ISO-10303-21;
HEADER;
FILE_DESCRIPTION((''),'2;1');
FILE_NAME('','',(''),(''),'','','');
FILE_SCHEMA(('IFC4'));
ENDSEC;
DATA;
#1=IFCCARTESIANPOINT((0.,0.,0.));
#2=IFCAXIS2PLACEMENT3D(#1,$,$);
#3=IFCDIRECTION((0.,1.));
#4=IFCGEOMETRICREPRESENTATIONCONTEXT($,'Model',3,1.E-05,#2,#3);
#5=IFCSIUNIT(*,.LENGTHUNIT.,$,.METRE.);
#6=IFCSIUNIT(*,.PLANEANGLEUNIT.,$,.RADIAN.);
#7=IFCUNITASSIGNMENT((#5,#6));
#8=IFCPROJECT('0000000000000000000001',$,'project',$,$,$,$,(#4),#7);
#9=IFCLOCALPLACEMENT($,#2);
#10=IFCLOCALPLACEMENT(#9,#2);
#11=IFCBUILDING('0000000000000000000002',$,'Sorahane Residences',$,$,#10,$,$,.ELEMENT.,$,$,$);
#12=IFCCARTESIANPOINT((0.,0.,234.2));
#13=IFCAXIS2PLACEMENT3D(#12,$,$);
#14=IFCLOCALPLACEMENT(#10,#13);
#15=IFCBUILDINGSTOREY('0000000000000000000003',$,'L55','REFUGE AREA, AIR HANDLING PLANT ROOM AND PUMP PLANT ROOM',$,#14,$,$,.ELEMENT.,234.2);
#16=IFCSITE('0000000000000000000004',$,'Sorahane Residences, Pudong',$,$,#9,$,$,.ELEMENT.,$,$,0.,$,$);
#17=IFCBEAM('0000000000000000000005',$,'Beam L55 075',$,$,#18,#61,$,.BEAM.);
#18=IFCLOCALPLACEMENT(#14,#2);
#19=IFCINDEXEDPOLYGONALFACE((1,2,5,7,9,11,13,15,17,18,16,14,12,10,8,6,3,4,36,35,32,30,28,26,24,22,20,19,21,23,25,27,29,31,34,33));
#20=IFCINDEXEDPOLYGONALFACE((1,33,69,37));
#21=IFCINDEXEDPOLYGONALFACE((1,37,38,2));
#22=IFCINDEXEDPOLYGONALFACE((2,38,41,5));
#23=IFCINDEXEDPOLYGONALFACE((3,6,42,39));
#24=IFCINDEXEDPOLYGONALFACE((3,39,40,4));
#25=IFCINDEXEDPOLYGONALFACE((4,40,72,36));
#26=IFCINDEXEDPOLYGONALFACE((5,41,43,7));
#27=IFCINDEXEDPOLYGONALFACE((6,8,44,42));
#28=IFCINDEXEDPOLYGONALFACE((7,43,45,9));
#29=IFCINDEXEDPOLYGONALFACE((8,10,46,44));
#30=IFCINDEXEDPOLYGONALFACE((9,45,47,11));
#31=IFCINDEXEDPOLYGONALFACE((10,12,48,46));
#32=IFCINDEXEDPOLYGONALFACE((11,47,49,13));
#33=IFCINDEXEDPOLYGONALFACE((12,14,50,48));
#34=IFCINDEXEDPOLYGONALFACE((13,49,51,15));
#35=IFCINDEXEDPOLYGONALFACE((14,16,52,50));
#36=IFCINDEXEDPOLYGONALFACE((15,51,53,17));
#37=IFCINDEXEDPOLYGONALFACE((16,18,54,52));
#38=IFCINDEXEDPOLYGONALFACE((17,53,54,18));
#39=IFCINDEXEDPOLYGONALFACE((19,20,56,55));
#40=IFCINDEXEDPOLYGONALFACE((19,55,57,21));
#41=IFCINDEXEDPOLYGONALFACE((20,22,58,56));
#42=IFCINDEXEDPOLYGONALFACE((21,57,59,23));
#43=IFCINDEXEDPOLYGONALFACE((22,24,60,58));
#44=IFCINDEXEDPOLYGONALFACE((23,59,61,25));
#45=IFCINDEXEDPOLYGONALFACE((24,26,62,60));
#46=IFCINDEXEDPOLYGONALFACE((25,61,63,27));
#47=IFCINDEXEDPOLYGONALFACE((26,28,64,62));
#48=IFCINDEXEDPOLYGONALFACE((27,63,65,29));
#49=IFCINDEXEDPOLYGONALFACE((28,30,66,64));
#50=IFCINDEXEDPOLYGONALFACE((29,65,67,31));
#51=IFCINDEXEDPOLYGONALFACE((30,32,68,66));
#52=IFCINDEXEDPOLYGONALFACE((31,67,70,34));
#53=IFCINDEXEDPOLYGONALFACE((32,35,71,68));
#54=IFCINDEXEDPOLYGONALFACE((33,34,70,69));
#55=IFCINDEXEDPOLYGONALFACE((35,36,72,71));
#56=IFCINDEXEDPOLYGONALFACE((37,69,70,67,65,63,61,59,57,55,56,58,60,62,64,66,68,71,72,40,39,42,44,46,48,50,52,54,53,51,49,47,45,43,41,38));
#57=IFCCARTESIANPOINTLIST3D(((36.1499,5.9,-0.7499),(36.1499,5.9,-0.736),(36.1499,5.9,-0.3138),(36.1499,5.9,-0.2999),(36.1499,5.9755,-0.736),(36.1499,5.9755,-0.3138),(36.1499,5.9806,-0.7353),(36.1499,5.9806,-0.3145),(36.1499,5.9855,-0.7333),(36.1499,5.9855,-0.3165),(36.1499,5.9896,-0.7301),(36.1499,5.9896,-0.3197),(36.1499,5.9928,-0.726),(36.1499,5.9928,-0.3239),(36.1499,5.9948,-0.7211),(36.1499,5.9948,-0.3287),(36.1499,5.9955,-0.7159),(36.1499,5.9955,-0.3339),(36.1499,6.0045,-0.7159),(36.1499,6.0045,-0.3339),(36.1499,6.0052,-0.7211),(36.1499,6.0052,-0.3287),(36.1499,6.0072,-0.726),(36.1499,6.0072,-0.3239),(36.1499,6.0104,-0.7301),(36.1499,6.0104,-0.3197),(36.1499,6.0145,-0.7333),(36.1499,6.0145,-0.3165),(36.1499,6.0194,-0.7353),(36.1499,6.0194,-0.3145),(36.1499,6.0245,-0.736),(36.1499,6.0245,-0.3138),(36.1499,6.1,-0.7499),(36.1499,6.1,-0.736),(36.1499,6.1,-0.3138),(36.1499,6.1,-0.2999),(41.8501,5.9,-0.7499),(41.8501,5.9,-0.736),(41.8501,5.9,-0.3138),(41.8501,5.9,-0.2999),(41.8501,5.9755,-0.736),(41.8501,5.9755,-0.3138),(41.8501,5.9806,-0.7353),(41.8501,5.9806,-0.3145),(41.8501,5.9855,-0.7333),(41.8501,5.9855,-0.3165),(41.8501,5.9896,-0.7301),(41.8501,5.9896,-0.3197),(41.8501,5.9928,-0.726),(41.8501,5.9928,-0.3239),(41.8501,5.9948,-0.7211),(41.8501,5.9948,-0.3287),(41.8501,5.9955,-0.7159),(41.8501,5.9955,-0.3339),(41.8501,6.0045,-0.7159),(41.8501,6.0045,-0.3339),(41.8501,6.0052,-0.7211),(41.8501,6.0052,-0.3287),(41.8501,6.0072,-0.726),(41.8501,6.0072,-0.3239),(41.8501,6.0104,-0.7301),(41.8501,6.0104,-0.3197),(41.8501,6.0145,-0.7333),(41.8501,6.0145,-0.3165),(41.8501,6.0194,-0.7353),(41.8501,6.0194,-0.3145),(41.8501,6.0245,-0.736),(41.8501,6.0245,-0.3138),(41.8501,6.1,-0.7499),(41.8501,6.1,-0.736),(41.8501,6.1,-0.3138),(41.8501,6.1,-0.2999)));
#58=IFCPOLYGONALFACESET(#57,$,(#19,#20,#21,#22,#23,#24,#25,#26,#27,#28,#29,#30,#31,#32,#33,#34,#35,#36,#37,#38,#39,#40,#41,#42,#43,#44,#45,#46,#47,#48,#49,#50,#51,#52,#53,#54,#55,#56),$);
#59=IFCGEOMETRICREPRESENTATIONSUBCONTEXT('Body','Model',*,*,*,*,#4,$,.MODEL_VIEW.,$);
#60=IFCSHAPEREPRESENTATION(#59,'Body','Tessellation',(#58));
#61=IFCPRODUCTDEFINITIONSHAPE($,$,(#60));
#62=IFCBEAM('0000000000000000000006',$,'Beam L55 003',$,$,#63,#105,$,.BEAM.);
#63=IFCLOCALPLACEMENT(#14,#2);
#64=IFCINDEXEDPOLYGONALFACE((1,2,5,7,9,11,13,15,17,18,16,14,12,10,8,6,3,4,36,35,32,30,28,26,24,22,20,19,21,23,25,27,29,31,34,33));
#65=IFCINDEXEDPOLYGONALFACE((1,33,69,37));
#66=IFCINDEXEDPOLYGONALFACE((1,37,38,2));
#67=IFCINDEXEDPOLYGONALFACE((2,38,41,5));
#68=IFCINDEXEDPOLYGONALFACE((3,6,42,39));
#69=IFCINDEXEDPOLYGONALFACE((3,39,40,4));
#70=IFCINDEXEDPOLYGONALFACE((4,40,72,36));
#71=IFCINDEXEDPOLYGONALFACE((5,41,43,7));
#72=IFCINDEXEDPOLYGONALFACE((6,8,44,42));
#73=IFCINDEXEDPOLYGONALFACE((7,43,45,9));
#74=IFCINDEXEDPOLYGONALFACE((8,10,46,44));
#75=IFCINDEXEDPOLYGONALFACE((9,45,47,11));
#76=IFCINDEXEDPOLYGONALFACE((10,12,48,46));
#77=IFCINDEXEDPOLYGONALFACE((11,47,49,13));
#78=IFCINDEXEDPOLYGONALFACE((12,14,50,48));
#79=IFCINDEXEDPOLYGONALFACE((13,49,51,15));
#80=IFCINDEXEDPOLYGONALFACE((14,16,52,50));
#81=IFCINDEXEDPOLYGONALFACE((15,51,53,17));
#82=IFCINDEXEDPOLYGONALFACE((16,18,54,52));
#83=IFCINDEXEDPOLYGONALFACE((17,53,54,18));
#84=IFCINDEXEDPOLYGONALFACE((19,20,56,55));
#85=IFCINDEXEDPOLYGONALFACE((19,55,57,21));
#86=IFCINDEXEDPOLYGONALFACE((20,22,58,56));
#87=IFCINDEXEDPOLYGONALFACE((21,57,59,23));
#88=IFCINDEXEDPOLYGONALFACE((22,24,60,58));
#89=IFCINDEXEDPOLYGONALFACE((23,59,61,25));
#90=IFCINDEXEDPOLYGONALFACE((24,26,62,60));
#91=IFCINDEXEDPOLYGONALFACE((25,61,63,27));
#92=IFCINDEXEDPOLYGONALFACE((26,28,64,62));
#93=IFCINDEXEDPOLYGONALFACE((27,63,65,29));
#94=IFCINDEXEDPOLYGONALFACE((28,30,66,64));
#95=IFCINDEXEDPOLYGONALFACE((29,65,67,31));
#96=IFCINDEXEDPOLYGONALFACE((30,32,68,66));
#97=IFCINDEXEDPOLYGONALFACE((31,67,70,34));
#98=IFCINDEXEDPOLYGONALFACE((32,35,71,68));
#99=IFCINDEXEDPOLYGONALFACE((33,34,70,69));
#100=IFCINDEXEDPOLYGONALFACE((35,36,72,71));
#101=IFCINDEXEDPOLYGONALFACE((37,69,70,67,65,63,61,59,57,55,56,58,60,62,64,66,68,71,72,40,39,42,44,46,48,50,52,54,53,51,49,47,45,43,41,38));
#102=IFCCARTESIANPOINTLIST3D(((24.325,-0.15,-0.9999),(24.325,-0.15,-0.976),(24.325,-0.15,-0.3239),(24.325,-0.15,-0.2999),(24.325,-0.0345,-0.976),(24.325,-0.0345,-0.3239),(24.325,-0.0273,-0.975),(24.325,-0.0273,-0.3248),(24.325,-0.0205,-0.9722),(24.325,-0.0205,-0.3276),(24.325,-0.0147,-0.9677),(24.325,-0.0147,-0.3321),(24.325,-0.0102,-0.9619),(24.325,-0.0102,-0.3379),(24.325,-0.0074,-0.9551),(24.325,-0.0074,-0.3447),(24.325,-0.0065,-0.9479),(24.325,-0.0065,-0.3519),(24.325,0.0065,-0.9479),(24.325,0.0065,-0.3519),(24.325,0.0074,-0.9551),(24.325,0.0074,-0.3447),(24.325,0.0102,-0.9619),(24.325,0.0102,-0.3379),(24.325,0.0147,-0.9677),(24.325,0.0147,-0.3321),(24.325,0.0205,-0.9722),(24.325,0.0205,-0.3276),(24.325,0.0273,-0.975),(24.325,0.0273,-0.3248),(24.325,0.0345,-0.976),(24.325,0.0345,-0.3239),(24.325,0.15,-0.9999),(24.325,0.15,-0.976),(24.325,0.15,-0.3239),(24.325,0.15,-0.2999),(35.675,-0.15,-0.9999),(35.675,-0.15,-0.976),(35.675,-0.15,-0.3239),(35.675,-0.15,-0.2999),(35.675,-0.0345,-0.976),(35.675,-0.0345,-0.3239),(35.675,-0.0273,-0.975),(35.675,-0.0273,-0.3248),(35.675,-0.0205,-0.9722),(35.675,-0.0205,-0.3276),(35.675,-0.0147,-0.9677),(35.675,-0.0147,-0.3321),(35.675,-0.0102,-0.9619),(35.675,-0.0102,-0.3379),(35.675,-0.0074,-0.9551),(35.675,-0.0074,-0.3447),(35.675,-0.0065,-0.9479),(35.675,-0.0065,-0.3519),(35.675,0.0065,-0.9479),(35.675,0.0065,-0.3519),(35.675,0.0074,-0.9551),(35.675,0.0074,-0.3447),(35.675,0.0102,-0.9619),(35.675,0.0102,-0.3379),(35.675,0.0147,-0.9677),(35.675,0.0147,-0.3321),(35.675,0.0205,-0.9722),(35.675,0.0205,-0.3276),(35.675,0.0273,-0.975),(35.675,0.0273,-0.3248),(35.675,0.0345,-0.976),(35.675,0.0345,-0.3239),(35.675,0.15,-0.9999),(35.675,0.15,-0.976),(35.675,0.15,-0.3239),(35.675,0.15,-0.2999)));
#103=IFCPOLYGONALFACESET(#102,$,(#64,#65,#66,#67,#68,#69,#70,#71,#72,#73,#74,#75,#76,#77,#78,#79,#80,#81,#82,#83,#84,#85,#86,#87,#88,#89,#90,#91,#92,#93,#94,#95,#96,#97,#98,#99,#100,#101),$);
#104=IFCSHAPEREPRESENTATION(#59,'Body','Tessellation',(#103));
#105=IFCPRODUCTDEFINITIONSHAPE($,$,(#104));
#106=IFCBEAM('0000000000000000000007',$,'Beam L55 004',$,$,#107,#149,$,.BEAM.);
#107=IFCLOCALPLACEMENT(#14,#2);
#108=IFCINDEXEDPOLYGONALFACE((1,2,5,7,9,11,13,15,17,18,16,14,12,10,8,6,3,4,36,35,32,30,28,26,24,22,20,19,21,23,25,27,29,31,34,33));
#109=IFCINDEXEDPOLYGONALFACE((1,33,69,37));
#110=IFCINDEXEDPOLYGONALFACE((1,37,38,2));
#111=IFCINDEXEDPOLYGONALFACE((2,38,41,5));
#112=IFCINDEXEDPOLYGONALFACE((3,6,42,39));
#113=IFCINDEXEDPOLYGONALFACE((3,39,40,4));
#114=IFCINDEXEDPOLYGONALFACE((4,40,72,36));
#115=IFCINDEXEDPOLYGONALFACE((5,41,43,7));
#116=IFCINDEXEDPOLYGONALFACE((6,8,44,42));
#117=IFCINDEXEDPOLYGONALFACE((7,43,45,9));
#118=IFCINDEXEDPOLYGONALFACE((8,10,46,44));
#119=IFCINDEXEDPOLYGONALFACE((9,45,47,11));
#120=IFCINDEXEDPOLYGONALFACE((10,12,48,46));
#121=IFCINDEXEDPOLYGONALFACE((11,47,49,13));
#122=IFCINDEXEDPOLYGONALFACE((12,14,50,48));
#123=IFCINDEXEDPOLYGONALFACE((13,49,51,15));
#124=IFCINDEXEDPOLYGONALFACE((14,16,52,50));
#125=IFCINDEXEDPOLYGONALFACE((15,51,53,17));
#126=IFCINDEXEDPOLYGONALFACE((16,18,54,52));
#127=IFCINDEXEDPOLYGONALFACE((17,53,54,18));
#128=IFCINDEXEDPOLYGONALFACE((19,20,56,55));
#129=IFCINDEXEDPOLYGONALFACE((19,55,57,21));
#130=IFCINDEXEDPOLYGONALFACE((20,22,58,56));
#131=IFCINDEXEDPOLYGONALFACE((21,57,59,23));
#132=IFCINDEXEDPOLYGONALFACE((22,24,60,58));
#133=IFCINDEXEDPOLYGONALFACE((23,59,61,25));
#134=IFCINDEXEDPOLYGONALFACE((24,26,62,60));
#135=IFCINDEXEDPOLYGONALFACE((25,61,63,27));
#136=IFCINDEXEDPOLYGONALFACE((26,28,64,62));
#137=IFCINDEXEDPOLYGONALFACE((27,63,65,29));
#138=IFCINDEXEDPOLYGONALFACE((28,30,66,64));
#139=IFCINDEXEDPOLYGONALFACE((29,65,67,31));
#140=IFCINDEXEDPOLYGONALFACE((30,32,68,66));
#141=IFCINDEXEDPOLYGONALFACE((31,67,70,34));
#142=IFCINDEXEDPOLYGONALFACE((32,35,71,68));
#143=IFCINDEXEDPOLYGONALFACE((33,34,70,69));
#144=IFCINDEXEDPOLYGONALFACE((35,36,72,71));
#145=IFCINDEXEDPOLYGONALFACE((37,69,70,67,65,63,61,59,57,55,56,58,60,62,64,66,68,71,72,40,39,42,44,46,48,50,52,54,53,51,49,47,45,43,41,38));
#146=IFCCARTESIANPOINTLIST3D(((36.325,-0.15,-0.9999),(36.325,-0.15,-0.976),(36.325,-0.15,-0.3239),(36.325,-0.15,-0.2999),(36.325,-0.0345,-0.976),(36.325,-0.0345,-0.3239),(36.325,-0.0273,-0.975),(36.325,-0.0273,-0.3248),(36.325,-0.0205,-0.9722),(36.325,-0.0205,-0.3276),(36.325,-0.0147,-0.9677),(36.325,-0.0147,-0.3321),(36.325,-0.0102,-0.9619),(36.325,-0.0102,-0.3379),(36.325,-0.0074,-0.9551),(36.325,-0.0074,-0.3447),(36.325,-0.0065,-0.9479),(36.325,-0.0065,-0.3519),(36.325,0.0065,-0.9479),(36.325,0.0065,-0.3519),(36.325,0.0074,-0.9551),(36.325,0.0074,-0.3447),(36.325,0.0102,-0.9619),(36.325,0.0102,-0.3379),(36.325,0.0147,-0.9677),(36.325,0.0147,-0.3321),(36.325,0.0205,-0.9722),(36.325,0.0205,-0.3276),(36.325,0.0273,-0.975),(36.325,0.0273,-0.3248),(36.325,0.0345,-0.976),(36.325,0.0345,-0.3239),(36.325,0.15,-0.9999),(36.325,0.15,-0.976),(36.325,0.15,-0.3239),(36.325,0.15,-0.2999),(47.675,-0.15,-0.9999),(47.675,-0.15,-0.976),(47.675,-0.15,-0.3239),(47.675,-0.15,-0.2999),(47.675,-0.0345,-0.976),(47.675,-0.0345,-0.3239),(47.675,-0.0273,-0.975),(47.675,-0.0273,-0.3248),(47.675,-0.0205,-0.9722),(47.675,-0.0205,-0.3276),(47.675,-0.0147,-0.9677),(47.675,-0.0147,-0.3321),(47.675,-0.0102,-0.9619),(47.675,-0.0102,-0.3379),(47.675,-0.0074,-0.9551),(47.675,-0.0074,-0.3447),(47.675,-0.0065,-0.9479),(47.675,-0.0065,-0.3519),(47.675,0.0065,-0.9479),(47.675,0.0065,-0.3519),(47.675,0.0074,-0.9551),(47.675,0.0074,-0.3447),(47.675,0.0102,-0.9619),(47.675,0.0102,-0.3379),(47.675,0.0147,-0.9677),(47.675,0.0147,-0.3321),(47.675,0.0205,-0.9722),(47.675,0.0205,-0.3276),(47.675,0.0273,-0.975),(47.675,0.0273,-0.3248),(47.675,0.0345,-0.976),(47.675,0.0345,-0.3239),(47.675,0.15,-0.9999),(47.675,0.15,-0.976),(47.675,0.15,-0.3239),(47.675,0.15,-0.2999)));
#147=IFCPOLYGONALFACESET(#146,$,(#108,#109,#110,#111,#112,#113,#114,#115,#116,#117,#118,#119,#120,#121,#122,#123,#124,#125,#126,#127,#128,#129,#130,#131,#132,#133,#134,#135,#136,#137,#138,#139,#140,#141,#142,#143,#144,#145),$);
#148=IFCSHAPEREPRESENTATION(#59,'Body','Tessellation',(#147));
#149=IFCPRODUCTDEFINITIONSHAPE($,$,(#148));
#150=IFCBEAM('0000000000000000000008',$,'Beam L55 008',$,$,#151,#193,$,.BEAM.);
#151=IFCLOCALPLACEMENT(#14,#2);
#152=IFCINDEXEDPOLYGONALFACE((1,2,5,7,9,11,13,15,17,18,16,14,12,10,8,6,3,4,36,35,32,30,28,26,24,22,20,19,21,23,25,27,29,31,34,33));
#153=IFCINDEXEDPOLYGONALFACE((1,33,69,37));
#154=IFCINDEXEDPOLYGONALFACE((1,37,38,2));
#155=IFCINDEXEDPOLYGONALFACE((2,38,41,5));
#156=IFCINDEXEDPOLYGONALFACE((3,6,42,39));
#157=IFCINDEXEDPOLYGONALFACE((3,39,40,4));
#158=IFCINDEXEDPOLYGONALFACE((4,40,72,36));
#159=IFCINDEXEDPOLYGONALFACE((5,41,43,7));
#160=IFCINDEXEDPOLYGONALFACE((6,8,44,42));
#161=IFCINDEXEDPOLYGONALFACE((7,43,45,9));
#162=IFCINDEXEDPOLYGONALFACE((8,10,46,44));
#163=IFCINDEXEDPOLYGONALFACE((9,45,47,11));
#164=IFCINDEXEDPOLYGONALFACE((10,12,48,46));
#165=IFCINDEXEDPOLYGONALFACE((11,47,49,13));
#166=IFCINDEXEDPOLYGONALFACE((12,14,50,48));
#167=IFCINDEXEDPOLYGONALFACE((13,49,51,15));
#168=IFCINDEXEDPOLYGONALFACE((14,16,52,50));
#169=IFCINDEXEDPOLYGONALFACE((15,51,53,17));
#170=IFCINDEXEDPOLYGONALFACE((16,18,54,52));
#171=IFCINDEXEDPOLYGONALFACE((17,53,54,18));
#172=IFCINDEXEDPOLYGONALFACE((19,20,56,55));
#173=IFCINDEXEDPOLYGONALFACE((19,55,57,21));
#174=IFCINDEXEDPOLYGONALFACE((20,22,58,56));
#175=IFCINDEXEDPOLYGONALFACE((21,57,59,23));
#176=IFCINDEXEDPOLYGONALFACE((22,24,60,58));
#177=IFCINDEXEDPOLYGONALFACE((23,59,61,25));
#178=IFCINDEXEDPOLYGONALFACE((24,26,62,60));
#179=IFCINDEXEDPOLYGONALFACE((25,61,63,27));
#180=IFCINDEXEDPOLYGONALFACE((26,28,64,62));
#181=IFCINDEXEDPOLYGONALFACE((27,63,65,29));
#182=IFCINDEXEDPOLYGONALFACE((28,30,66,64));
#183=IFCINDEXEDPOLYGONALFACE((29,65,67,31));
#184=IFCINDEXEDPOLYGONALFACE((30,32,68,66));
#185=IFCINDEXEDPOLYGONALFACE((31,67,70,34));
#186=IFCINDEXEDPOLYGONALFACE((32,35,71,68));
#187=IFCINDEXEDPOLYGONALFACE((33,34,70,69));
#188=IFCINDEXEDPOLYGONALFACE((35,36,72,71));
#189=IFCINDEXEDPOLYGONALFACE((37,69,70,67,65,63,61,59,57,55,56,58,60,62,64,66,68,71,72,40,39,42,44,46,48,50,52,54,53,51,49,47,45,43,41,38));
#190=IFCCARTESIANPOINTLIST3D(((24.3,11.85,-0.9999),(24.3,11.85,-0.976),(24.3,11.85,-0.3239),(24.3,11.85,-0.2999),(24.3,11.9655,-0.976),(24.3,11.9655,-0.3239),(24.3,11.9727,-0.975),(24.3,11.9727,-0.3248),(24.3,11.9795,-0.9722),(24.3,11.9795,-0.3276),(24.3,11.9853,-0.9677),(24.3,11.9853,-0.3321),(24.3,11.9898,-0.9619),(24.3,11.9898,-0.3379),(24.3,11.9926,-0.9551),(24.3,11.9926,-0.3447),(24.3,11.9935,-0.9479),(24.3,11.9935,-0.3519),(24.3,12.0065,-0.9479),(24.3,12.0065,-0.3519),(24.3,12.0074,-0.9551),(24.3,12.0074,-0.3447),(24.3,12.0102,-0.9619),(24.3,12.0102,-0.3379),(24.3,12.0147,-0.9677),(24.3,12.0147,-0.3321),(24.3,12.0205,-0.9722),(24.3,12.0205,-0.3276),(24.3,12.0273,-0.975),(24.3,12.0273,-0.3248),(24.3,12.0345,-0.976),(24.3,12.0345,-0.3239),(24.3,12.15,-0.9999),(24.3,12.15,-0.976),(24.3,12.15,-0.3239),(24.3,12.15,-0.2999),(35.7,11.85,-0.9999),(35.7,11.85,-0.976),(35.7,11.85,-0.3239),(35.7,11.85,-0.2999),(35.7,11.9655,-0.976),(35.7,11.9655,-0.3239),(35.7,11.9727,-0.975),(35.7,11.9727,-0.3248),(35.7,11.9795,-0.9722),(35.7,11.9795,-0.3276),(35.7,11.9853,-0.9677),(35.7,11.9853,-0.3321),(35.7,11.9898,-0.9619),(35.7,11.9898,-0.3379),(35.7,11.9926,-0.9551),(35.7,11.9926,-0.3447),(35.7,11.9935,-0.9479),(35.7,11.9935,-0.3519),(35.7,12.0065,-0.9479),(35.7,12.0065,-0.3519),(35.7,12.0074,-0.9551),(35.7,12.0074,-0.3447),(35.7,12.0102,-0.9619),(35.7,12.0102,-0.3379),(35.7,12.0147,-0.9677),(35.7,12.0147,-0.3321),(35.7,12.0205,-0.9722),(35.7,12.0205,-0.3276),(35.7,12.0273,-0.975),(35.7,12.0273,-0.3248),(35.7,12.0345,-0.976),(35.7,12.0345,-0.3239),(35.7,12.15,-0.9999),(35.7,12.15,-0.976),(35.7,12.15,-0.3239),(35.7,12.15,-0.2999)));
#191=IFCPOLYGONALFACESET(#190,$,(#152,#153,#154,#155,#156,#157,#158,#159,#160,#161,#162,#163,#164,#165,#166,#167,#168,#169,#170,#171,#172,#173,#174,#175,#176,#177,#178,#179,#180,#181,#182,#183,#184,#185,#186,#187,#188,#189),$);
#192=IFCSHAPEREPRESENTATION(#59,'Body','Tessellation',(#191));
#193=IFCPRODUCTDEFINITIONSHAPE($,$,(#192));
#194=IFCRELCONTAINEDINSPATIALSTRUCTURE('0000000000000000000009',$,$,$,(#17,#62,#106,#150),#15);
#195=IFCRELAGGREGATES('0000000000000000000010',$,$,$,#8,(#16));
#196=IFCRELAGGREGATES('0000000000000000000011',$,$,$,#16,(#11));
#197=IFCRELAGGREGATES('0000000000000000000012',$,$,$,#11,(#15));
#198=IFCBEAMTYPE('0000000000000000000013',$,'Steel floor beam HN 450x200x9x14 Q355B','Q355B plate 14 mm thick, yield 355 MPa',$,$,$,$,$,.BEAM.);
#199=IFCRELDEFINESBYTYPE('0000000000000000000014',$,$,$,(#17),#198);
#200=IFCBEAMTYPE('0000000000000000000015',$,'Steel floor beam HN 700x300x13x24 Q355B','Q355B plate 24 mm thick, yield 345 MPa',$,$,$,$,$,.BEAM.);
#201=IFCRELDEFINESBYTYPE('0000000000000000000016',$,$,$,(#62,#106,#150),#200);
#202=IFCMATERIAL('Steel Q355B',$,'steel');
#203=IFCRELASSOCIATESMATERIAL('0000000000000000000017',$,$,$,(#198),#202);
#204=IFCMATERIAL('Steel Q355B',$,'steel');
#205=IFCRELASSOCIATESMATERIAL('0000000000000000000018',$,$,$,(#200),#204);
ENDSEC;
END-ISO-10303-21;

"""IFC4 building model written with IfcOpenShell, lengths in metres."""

from ifc_helpers import new_model, si_unit, direction, frame, origin, origin_2d, place, context, subcontext, project, spatial, i_section, extrude, material, material_profile, profile_set, type_object, element, save


model = new_model("IFC4")

# Units and contexts
model_context = context("Model", 3, precision=1e-05, world=origin(), true_north=direction((0.0, 1.0)))
body_context = subcontext(model_context, "Body", "Model", "MODEL_VIEW")
ifc_project = project(units=[si_unit("LENGTHUNIT", "METRE"), si_unit("PLANEANGLEUNIT", "RADIAN")], contexts=[model_context])

# Site, building, storey
site_placement = place(None, origin())
site = spatial("IfcSite", under=ifc_project, at=site_placement, Name="Sorahane Residences, Pudong", CompositionType="ELEMENT", RefElevation=0.0)
building_placement = place(site_placement, origin())
building = spatial("IfcBuilding", under=site, at=building_placement, Name="Sorahane Residences", CompositionType="ELEMENT")
storey_placement = place(building_placement, frame((0.0, 0.0, 234.2)))
storey = spatial("IfcBuildingStorey", under=building, at=storey_placement, Name="L55", Description="REFUGE AREA, AIR HANDLING PLANT ROOM AND PUMP PLANT ROOM", CompositionType="ELEMENT", Elevation=234.2)

# Beams
ifc_material_1 = material(Name="Steel Q355B", Category="steel")
ifc_material_profile_1 = material_profile(ifc_material_1, i_section(OverallWidth=0.2, OverallDepth=0.45, WebThickness=0.009, FlangeThickness=0.0139, FilletRadius=0.02, at=origin_2d()), Name="HN 450x200x9x14")
ifc_profile_set_1 = profile_set([ifc_material_profile_1], Name="Steel Q355B")
beam_type_1 = type_object("IfcBeamType", Name="Steel floor beam HN 450x200x9x14 Q355B", Description="Q355B plate 14 mm thick, yield 355 MPa", PredefinedType="BEAM", material=ifc_profile_set_1)
for number, where, z_axis, x_axis, name in (
    (1, (36.1499, 6.0, -0.5249), (1.0, 0.0, 0.0), (0.0, 1.0, 0.0), "Beam L55 075"),
):
    element("IfcBeam", number, at=place(storey_placement, frame(where, z_axis=z_axis, x_axis=x_axis)), inside=storey, type_object=beam_type_1, Name=name, PredefinedType="BEAM", context=body_context, shape_type="SweptSolid", body=[
        extrude(i_section(OverallWidth=0.2, OverallDepth=0.45, WebThickness=0.009, FlangeThickness=0.0139, FilletRadius=0.02, at=origin_2d()), origin(), (0.0, 0.0, 1.0), 5.7002),
    ])
ifc_material_2 = material(Name="Steel Q355B", Category="steel")
ifc_material_profile_2 = material_profile(ifc_material_2, i_section(OverallWidth=0.3, OverallDepth=0.7, WebThickness=0.0129, FlangeThickness=0.0239, FilletRadius=0.0281, at=origin_2d()), Name="HN 700x300x13x24")
ifc_profile_set_2 = profile_set([ifc_material_profile_2], Name="Steel Q355B")
beam_type_2 = type_object("IfcBeamType", Name="Steel floor beam HN 700x300x13x24 Q355B", Description="Q355B plate 24 mm thick, yield 345 MPa", PredefinedType="BEAM", material=ifc_profile_set_2)
for number, where, z_axis, x_axis, name in (
    (2, (24.325, 0.0, -0.6499), (1.0, 0.0, 0.0), (0.0, 1.0, 0.0), "Beam L55 003"),
    (3, (36.325, 0.0, -0.6499), (1.0, 0.0, 0.0), (0.0, 1.0, 0.0), "Beam L55 004"),
):
    element("IfcBeam", number, at=place(storey_placement, frame(where, z_axis=z_axis, x_axis=x_axis)), inside=storey, type_object=beam_type_2, Name=name, PredefinedType="BEAM", context=body_context, shape_type="SweptSolid", body=[
        extrude(i_section(OverallWidth=0.3, OverallDepth=0.7, WebThickness=0.0129, FlangeThickness=0.0239, FilletRadius=0.0281, at=origin_2d()), origin(), (0.0, 0.0, 1.0), 11.3501),
    ])
for number, where, z_axis, x_axis, name in (
    (4, (24.3, 12.0, -0.6499), (1.0, 0.0, 0.0), (0.0, 1.0, 0.0), "Beam L55 008"),
):
    element("IfcBeam", number, at=place(storey_placement, frame(where, z_axis=z_axis, x_axis=x_axis)), inside=storey, type_object=beam_type_2, Name=name, PredefinedType="BEAM", context=body_context, shape_type="SweptSolid", body=[
        extrude(i_section(OverallWidth=0.3, OverallDepth=0.7, WebThickness=0.0129, FlangeThickness=0.0239, FilletRadius=0.0281, at=origin_2d()), origin(), (0.0, 0.0, 1.0), 11.3999),
    ])

save(model, "model.ifc")
